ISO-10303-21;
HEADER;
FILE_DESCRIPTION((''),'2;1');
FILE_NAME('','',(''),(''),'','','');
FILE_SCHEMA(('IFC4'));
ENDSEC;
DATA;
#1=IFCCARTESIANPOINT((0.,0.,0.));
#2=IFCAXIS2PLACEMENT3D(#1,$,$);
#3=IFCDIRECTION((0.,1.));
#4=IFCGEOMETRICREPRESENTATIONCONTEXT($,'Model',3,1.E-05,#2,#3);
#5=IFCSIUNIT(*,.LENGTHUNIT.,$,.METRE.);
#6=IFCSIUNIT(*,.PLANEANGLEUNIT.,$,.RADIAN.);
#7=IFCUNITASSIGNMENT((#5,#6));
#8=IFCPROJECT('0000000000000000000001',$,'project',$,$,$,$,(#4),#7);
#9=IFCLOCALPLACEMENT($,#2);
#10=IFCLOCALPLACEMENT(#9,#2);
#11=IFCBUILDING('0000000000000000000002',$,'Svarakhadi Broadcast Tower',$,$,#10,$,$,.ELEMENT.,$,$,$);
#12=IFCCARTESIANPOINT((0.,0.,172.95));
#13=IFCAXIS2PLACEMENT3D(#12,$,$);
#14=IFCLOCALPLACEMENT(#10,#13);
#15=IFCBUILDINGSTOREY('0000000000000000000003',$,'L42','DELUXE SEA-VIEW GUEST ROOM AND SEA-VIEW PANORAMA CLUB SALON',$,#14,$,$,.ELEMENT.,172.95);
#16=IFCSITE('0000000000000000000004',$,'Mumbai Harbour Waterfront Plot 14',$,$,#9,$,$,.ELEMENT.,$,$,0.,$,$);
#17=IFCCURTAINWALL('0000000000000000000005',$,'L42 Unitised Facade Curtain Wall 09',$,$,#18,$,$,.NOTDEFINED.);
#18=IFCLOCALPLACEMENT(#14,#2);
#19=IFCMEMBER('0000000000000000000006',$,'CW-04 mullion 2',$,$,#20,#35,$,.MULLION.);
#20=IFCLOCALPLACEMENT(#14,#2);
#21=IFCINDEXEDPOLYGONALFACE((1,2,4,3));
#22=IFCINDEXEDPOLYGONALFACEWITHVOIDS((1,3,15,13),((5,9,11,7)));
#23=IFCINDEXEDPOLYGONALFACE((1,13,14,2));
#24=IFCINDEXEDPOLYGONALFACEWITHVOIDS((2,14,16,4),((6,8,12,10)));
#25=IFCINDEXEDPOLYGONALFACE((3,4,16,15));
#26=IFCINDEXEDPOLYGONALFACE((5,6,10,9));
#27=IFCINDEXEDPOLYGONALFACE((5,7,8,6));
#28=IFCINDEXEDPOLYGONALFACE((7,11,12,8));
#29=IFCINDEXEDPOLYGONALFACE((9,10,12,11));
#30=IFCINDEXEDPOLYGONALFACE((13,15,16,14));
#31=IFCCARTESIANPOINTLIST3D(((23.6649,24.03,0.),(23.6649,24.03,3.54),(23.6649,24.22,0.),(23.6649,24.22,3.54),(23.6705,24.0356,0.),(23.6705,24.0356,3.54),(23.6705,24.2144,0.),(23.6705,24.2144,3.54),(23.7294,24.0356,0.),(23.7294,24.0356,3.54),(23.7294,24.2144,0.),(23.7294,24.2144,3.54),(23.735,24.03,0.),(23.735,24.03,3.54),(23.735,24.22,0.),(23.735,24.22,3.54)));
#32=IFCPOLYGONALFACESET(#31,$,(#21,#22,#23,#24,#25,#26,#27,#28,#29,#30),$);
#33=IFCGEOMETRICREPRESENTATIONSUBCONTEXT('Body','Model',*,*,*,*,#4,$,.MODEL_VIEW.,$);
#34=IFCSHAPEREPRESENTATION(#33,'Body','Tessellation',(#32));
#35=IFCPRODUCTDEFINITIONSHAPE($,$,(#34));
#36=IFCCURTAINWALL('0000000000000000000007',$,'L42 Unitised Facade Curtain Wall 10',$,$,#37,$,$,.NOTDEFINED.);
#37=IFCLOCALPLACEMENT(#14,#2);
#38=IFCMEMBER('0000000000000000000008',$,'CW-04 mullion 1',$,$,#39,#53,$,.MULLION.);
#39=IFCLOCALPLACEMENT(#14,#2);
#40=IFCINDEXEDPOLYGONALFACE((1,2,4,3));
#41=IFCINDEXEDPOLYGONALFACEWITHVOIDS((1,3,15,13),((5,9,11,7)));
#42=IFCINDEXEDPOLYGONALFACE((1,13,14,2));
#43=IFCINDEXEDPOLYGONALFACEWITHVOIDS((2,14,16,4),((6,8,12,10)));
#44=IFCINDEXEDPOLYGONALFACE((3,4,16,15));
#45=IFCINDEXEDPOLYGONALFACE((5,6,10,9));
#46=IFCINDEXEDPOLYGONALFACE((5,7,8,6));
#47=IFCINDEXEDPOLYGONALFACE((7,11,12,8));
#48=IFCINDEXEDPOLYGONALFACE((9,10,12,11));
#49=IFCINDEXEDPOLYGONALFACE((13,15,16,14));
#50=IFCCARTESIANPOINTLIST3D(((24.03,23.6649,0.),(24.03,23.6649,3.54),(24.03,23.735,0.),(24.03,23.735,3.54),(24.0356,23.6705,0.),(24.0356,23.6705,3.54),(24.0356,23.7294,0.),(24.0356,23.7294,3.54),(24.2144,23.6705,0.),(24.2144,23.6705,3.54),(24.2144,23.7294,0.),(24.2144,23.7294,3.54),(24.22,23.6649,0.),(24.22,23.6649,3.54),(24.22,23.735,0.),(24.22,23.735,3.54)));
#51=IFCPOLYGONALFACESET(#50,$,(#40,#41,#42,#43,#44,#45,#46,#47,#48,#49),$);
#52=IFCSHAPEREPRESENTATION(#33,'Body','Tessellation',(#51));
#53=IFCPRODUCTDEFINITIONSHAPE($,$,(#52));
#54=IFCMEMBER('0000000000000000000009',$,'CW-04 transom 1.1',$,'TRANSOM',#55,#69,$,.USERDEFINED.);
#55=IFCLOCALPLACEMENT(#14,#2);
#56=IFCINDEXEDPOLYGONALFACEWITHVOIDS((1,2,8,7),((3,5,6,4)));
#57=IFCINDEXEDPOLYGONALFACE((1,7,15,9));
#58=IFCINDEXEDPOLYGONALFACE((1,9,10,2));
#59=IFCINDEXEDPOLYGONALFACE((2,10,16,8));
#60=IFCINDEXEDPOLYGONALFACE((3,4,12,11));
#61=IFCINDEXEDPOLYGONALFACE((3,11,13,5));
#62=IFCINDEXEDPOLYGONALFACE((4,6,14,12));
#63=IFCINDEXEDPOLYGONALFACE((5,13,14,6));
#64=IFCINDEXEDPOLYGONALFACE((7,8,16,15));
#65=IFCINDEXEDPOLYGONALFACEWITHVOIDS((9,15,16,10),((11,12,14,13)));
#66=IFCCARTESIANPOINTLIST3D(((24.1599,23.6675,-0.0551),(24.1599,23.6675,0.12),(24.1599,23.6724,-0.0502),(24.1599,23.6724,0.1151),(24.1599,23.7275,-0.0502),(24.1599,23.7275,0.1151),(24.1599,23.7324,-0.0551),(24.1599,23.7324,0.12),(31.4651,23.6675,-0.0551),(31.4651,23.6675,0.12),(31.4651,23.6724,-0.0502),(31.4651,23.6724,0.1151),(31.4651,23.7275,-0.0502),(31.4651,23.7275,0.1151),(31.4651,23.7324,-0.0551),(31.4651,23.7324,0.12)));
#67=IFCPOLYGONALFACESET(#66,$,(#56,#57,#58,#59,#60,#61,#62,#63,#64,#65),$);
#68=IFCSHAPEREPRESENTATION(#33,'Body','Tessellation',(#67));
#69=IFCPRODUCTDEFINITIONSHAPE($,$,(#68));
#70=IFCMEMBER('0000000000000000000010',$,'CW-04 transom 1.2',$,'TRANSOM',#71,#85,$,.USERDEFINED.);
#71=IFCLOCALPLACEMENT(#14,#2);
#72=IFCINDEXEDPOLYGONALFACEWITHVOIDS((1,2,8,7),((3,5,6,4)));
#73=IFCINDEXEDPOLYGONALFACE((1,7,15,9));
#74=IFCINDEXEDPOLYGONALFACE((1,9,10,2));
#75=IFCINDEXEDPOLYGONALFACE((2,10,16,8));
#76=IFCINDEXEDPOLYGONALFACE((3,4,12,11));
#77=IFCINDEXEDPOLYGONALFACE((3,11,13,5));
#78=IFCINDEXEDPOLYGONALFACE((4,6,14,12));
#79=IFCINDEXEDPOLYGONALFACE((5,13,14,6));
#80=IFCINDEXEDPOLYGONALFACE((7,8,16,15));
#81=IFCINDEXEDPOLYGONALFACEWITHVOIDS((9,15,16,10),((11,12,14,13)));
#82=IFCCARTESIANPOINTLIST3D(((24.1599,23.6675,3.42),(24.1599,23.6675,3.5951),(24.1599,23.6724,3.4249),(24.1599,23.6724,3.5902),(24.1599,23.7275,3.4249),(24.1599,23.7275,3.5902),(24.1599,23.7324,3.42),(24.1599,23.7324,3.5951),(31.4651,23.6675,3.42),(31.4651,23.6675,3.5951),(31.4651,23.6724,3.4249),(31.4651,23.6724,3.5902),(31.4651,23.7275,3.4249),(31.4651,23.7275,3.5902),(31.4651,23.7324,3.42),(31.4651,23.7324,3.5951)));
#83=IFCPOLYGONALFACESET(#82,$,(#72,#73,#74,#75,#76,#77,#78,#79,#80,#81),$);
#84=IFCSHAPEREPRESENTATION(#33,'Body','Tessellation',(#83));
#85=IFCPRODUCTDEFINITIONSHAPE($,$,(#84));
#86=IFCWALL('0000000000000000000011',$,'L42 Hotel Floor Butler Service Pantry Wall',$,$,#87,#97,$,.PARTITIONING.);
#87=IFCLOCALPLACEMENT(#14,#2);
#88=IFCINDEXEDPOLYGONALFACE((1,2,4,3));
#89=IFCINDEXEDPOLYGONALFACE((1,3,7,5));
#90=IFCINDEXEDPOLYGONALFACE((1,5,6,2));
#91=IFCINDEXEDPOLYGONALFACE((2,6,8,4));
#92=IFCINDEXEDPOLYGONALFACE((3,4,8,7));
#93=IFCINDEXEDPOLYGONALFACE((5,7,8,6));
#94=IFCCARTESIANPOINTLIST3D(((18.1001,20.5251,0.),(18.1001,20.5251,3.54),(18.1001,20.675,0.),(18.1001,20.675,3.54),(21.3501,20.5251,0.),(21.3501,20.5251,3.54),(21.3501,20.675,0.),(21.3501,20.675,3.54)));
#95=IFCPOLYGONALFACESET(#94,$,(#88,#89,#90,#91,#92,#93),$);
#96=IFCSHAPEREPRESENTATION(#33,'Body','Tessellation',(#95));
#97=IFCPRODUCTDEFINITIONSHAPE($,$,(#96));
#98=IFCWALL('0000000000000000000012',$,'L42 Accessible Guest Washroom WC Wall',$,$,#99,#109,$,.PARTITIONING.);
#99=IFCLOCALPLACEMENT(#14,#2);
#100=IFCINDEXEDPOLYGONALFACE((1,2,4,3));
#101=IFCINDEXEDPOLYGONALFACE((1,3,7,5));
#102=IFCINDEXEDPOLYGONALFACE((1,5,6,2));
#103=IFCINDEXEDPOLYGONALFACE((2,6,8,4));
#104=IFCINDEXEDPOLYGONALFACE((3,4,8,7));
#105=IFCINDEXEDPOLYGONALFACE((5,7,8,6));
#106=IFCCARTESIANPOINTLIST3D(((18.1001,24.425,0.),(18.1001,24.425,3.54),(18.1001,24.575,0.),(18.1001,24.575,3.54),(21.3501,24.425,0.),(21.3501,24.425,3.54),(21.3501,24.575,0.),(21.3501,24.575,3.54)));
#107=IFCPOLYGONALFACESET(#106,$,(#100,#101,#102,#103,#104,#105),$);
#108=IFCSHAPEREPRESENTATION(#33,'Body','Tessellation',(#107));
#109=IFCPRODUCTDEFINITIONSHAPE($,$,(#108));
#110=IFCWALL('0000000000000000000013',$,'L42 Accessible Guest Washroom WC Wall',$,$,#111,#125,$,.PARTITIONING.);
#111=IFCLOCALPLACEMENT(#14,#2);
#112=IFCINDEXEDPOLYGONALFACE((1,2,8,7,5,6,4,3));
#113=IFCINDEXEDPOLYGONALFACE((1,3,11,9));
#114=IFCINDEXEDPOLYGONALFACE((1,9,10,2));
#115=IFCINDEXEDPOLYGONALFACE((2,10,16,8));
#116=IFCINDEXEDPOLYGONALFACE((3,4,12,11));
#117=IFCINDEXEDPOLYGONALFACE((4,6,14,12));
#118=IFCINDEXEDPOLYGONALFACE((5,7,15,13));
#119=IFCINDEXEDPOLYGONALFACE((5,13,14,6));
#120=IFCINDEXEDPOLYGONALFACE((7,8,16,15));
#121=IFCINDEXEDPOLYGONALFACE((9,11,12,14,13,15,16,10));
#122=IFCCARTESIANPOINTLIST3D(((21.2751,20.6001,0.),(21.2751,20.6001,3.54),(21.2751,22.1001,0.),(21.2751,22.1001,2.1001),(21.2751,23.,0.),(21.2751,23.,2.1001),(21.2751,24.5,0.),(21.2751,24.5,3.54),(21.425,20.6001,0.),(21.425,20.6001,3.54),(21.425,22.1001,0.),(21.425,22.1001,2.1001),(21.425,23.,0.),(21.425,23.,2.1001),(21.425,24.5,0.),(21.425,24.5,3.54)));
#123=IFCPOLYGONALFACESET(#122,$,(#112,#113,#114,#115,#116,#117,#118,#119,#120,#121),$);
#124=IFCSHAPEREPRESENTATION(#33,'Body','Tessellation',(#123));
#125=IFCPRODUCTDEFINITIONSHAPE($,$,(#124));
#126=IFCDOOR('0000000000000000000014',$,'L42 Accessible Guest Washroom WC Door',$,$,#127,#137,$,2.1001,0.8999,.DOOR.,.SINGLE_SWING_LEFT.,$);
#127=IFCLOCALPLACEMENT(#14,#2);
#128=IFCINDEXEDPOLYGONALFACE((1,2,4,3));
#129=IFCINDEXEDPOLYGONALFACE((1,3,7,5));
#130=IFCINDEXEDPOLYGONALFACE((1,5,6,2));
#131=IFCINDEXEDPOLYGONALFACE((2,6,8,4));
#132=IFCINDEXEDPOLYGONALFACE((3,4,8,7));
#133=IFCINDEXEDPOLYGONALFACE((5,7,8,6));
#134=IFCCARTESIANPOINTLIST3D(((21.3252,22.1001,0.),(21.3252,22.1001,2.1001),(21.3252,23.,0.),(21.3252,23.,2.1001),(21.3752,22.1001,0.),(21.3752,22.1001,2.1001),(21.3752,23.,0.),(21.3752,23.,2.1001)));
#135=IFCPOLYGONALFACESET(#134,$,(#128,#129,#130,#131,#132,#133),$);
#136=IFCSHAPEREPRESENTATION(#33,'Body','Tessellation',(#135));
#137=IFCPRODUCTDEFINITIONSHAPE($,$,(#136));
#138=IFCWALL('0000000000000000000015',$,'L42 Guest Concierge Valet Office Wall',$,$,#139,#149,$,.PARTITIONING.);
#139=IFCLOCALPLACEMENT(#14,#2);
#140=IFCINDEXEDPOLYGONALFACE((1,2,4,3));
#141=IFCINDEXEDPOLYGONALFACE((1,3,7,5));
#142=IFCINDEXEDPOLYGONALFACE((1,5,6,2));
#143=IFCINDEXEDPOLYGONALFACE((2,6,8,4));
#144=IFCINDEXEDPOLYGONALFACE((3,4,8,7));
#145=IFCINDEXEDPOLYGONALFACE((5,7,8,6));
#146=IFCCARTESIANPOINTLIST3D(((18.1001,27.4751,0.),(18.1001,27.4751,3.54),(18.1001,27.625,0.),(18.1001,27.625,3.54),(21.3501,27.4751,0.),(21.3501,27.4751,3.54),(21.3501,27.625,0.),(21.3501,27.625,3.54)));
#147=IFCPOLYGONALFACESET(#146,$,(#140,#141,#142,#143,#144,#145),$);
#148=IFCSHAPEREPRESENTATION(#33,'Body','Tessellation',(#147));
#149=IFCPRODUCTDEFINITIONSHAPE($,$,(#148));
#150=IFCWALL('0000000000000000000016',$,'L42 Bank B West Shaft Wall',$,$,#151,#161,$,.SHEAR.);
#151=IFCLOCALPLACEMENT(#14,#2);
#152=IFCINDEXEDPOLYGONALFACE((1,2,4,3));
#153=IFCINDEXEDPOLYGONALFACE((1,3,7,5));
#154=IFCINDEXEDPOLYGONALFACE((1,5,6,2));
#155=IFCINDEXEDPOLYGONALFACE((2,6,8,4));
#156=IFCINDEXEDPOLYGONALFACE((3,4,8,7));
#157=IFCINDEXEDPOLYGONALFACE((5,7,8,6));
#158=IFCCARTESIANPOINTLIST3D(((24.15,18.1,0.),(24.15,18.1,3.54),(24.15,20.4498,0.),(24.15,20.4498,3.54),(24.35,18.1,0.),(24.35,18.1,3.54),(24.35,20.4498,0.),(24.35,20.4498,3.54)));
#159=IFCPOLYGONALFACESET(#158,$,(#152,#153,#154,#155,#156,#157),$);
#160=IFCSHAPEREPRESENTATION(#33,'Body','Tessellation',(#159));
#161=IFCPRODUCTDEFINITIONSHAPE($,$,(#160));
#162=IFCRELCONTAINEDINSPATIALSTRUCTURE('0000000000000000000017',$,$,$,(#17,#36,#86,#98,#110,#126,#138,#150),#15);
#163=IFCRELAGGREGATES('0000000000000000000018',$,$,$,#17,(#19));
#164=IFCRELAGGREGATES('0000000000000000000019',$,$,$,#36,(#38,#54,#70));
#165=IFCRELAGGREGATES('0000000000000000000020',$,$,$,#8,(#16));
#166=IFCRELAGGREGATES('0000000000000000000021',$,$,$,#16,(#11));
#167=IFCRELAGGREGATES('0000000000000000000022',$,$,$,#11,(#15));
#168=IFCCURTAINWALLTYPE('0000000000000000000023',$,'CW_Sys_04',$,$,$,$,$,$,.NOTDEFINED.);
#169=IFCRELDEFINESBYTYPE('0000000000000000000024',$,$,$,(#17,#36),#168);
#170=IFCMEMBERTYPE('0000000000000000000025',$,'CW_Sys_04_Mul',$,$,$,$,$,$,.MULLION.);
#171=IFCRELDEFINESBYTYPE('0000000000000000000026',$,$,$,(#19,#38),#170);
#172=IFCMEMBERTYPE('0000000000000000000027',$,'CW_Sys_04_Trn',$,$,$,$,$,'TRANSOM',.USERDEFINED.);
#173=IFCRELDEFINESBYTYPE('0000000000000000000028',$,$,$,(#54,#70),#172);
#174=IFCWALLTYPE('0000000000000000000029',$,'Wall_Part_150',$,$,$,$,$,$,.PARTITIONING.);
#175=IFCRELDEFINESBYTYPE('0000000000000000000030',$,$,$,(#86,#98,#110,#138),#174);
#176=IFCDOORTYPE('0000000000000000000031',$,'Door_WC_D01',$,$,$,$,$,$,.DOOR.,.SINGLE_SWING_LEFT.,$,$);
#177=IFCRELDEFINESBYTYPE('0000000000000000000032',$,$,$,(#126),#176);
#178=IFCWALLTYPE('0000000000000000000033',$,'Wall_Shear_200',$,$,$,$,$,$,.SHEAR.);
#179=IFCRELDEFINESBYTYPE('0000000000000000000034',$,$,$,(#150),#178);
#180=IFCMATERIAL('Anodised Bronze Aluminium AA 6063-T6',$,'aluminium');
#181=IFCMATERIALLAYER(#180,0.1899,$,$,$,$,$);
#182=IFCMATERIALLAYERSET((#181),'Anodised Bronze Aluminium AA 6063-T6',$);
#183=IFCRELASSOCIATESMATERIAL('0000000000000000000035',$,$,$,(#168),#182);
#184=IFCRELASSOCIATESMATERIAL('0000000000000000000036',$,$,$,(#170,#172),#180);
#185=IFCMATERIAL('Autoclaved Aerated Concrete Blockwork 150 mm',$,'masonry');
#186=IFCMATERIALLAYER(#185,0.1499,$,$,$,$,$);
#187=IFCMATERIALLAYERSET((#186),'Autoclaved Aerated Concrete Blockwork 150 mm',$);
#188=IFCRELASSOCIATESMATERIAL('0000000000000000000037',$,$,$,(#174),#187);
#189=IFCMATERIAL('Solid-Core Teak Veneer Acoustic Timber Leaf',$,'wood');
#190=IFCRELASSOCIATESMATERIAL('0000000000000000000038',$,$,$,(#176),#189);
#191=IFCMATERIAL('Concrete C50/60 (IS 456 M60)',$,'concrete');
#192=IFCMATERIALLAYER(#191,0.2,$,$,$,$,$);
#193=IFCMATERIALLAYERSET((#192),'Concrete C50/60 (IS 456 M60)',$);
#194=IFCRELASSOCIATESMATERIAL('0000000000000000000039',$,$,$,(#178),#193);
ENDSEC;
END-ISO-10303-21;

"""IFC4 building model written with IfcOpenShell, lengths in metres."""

from ifc_helpers import new_model, si_unit, direction, frame, frame_2d, origin, origin_2d, place, context, subcontext, project, spatial, rectangle, hollow_rectangle, extrude, material, layer, layer_set, material_profile, profile_set, type_object, element, fill, aggregate, save


model = new_model("IFC4")

# Units and contexts
model_context = context("Model", 3, precision=1e-05, world=origin(), true_north=direction((0.0, 1.0)))
body_context = subcontext(model_context, "Body", "Model", "MODEL_VIEW")
ifc_project = project(units=[si_unit("LENGTHUNIT", "METRE"), si_unit("PLANEANGLEUNIT", "RADIAN")], contexts=[model_context])

# Site, building, storey
site_placement = place(None, origin())
site = spatial("IfcSite", under=ifc_project, at=site_placement, Name="Mumbai Harbour Waterfront Plot 14", CompositionType="ELEMENT", RefElevation=0.0)
building_placement = place(site_placement, origin())
building = spatial("IfcBuilding", under=site, at=building_placement, Name="Svarakhadi Broadcast Tower", CompositionType="ELEMENT")
storey_placement = place(building_placement, frame((0.0, 0.0, 172.95)))
storey = spatial("IfcBuildingStorey", under=building, at=storey_placement, Name="L42", Description="DELUXE SEA-VIEW GUEST ROOM AND SEA-VIEW PANORAMA CLUB SALON", CompositionType="ELEMENT", Elevation=172.95)

# Curtain wall, member
ifc_material_1 = material(Name="Anodised Bronze Aluminium AA 6063-T6", Category="aluminium")
ifc_layer_1 = layer(ifc_material_1, 0.1899)
ifc_layer_set_1 = layer_set([ifc_layer_1], Name="Anodised Bronze Aluminium AA 6063-T6")
curtain_wall_type = type_object("IfcCurtainWallType", Name="CW_Sys_04", PredefinedType="NOTDEFINED", material=ifc_layer_set_1)
curtain_wall_1_placement = place(storey_placement, origin())
curtain_wall_1 = element("IfcCurtainWall", 1, at=curtain_wall_1_placement, inside=storey, type_object=curtain_wall_type, Name="L42 Unitised Facade Curtain Wall 09", PredefinedType="NOTDEFINED")
ifc_material_profile_1 = material_profile(ifc_material_1, hollow_rectangle(XDim=0.0701, YDim=0.1899, WallThickness=0.0056, at=origin_2d()), Name="ALU MULLION 190x70x6")
ifc_profile_set_1 = profile_set([ifc_material_profile_1], Name="Anodised Bronze Aluminium AA 6063-T6")
member_type_1 = type_object("IfcMemberType", Name="CW_Sys_04_Mul", PredefinedType="MULLION", material=ifc_profile_set_1)
member_1_placement = place(storey_placement, frame((23.7, 24.125, 0.0), z_axis=(0.0, 0.0, 1.0), x_axis=(1.0, 0.0, 0.0)))
member_1 = element("IfcMember", 2, at=member_1_placement, type_object=member_type_1, Name="CW-04 mullion 2", PredefinedType="MULLION", context=body_context, shape_type="SweptSolid", body=[
    extrude(hollow_rectangle(XDim=0.0701, YDim=0.1899, WallThickness=0.0056, at=origin_2d()), origin(), (0.0, 0.0, 1.0), 3.54),
])
aggregate(curtain_wall_1, [member_1])

# Curtain wall, members
curtain_wall_2_placement = place(storey_placement, origin())
curtain_wall_2 = element("IfcCurtainWall", 3, at=curtain_wall_2_placement, inside=storey, type_object=curtain_wall_type, Name="L42 Unitised Facade Curtain Wall 10", PredefinedType="NOTDEFINED")
member_2_placement = place(storey_placement, frame((24.125, 23.7, 0.0), z_axis=(0.0, 0.0, 1.0), x_axis=(0.0, 1.0, 0.0)))
member_2 = element("IfcMember", 4, at=member_2_placement, type_object=member_type_1, Name="CW-04 mullion 1", PredefinedType="MULLION", context=body_context, shape_type="SweptSolid", body=[
    extrude(hollow_rectangle(XDim=0.0701, YDim=0.1899, WallThickness=0.0056, at=origin_2d()), origin(), (0.0, 0.0, 1.0), 3.54),
])
ifc_material_profile_2 = material_profile(ifc_material_1, hollow_rectangle(XDim=0.0649, YDim=0.175, WallThickness=0.0049, at=origin_2d()), Name="ALU TRANSOM 175x65x5")
ifc_profile_set_2 = profile_set([ifc_material_profile_2], Name="Anodised Bronze Aluminium AA 6063-T6")
member_type_2 = type_object("IfcMemberType", Name="CW_Sys_04_Trn", ElementType="TRANSOM", PredefinedType="USERDEFINED", material=ifc_profile_set_2)
member_3_placement = place(storey_placement, frame((24.1599, 23.7, 0.0325), z_axis=(1.0, 0.0, 0.0), x_axis=(0.0, 1.0, 0.0)))
member_3 = element("IfcMember", 5, at=member_3_placement, type_object=member_type_2, Name="CW-04 transom 1.1", ObjectType="TRANSOM", PredefinedType="USERDEFINED", context=body_context, shape_type="SweptSolid", body=[
    extrude(hollow_rectangle(XDim=0.0649, YDim=0.175, WallThickness=0.0049, at=origin_2d()), origin(), (0.0, 0.0, 1.0), 7.3052),
])
member_4_placement = place(storey_placement, frame((24.1599, 23.7, 3.5076), z_axis=(1.0, 0.0, 0.0), x_axis=(0.0, 1.0, 0.0)))
member_4 = element("IfcMember", 6, at=member_4_placement, type_object=member_type_2, Name="CW-04 transom 1.2", ObjectType="TRANSOM", PredefinedType="USERDEFINED", context=body_context, shape_type="SweptSolid", body=[
    extrude(hollow_rectangle(XDim=0.0649, YDim=0.175, WallThickness=0.0049, at=origin_2d()), origin(), (0.0, 0.0, 1.0), 7.3052),
])
aggregate(curtain_wall_2, [member_2, member_3, member_4])

# Wall
ifc_material_2 = material(Name="Autoclaved Aerated Concrete Blockwork 150 mm", Category="masonry")
ifc_layer_2 = layer(ifc_material_2, 0.1499)
ifc_layer_set_2 = layer_set([ifc_layer_2], Name="Autoclaved Aerated Concrete Blockwork 150 mm")
wall_type_1 = type_object("IfcWallType", Name="Wall_Part_150", PredefinedType="PARTITIONING", material=ifc_layer_set_2)
wall_1_placement = place(storey_placement, frame((18.1001, 20.6001, 0.0), z_axis=(0.0, 0.0, 1.0), x_axis=(1.0, 0.0, 0.0)))
element("IfcWall", 7, at=wall_1_placement, inside=storey, type_object=wall_type_1, Name="L42 Hotel Floor Butler Service Pantry Wall", PredefinedType="PARTITIONING", context=body_context, shape_type="SweptSolid", body=[
    extrude(rectangle(XDim=3.25, YDim=0.1499, at=frame_2d((1.625, 0.0))), origin(), (0.0, 0.0, 1.0), 3.54),
])

# Shared definitions
ifc_material_3 = material(Name="Solid-Core Teak Veneer Acoustic Timber Leaf", Category="wood")

# Wall
wall_2_placement = place(storey_placement, frame((18.1001, 24.5, 0.0), z_axis=(0.0, 0.0, 1.0), x_axis=(1.0, 0.0, 0.0)))
element("IfcWall", 8, at=wall_2_placement, inside=storey, type_object=wall_type_1, Name="L42 Accessible Guest Washroom WC Wall", PredefinedType="PARTITIONING", context=body_context, shape_type="SweptSolid", body=[
    extrude(rectangle(XDim=3.25, YDim=0.1499, at=frame_2d((1.625, 0.0))), origin(), (0.0, 0.0, 1.0), 3.54),
])

# Wall, opening, door
wall_3_placement = place(storey_placement, frame((21.3501, 20.6001, 0.0), z_axis=(0.0, 0.0, 1.0), x_axis=(0.0, 1.0, 0.0)))
wall_3 = element("IfcWall", 9, at=wall_3_placement, inside=storey, type_object=wall_type_1, Name="L42 Accessible Guest Washroom WC Wall", PredefinedType="PARTITIONING", context=body_context, shape_type="SweptSolid", body=[
    extrude(rectangle(XDim=3.8999, YDim=0.1499, at=frame_2d((1.95, 0.0))), origin(), (0.0, 0.0, 1.0), 3.54),
])
opening_1_placement = place(wall_3_placement, frame((1.5, 0.0, 0.0)))
opening_1 = element("IfcOpeningElement", 10, at=opening_1_placement, cuts=wall_3, PredefinedType="OPENING", context=body_context, shape_type="SweptSolid", body=[
    extrude(rectangle(XDim=0.8999, YDim=2.1001, at=frame_2d((0.45, 1.05))), frame((0.0, 0.085, 0.0), z_axis=(0.0, -1.0, 0.0), x_axis=(1.0, 0.0, 0.0)), (0.0, 0.0, 1.0), 0.1699),
])
door_type_1 = type_object("IfcDoorType", Name="Door_WC_D01", OperationType="SINGLE_SWING_LEFT", PredefinedType="DOOR", material=ifc_material_3)
door_1_placement = place(opening_1_placement, origin())
door_1 = element("IfcDoor", 11, at=door_1_placement, inside=storey, type_object=door_type_1, Name="L42 Accessible Guest Washroom WC Door", OperationType="SINGLE_SWING_LEFT", OverallHeight=2.1001, OverallWidth=0.8999, PredefinedType="DOOR", context=body_context, shape_type="SweptSolid", body=[
    extrude(rectangle(XDim=0.8999, YDim=2.1001, at=frame_2d((0.45, 1.05))), frame((0.0, 0.0249, 0.0), z_axis=(0.0, -1.0, 0.0), x_axis=(1.0, 0.0, 0.0)), (0.0, 0.0, 1.0), 0.05),
])
fill(opening_1, door_1)

# Wall
wall_4_placement = place(storey_placement, frame((18.1001, 27.55, 0.0), z_axis=(0.0, 0.0, 1.0), x_axis=(1.0, 0.0, 0.0)))
element("IfcWall", 12, at=wall_4_placement, inside=storey, type_object=wall_type_1, Name="L42 Guest Concierge Valet Office Wall", PredefinedType="PARTITIONING", context=body_context, shape_type="SweptSolid", body=[
    extrude(rectangle(XDim=3.25, YDim=0.1499, at=frame_2d((1.625, 0.0))), origin(), (0.0, 0.0, 1.0), 3.54),
])

# Wall
ifc_material_4 = material(Name="Concrete C50/60 (IS 456 M60)", Category="concrete")
ifc_layer_3 = layer(ifc_material_4, 0.2)
ifc_layer_set_3 = layer_set([ifc_layer_3], Name="Concrete C50/60 (IS 456 M60)")
wall_type_2 = type_object("IfcWallType", Name="Wall_Shear_200", PredefinedType="SHEAR", material=ifc_layer_set_3)
wall_5_placement = place(storey_placement, frame((24.25, 18.1001, 0.0), z_axis=(0.0, 0.0, 1.0), x_axis=(0.0, 1.0, 0.0)))
element("IfcWall", 13, at=wall_5_placement, inside=storey, type_object=wall_type_2, Name="L42 Bank B West Shaft Wall", PredefinedType="SHEAR", context=body_context, shape_type="SweptSolid", body=[
    extrude(rectangle(XDim=2.3499, YDim=0.2, at=frame_2d((1.1748, 0.0))), origin(), (0.0, 0.0, 1.0), 3.54),
])

save(model, "model.ifc")
